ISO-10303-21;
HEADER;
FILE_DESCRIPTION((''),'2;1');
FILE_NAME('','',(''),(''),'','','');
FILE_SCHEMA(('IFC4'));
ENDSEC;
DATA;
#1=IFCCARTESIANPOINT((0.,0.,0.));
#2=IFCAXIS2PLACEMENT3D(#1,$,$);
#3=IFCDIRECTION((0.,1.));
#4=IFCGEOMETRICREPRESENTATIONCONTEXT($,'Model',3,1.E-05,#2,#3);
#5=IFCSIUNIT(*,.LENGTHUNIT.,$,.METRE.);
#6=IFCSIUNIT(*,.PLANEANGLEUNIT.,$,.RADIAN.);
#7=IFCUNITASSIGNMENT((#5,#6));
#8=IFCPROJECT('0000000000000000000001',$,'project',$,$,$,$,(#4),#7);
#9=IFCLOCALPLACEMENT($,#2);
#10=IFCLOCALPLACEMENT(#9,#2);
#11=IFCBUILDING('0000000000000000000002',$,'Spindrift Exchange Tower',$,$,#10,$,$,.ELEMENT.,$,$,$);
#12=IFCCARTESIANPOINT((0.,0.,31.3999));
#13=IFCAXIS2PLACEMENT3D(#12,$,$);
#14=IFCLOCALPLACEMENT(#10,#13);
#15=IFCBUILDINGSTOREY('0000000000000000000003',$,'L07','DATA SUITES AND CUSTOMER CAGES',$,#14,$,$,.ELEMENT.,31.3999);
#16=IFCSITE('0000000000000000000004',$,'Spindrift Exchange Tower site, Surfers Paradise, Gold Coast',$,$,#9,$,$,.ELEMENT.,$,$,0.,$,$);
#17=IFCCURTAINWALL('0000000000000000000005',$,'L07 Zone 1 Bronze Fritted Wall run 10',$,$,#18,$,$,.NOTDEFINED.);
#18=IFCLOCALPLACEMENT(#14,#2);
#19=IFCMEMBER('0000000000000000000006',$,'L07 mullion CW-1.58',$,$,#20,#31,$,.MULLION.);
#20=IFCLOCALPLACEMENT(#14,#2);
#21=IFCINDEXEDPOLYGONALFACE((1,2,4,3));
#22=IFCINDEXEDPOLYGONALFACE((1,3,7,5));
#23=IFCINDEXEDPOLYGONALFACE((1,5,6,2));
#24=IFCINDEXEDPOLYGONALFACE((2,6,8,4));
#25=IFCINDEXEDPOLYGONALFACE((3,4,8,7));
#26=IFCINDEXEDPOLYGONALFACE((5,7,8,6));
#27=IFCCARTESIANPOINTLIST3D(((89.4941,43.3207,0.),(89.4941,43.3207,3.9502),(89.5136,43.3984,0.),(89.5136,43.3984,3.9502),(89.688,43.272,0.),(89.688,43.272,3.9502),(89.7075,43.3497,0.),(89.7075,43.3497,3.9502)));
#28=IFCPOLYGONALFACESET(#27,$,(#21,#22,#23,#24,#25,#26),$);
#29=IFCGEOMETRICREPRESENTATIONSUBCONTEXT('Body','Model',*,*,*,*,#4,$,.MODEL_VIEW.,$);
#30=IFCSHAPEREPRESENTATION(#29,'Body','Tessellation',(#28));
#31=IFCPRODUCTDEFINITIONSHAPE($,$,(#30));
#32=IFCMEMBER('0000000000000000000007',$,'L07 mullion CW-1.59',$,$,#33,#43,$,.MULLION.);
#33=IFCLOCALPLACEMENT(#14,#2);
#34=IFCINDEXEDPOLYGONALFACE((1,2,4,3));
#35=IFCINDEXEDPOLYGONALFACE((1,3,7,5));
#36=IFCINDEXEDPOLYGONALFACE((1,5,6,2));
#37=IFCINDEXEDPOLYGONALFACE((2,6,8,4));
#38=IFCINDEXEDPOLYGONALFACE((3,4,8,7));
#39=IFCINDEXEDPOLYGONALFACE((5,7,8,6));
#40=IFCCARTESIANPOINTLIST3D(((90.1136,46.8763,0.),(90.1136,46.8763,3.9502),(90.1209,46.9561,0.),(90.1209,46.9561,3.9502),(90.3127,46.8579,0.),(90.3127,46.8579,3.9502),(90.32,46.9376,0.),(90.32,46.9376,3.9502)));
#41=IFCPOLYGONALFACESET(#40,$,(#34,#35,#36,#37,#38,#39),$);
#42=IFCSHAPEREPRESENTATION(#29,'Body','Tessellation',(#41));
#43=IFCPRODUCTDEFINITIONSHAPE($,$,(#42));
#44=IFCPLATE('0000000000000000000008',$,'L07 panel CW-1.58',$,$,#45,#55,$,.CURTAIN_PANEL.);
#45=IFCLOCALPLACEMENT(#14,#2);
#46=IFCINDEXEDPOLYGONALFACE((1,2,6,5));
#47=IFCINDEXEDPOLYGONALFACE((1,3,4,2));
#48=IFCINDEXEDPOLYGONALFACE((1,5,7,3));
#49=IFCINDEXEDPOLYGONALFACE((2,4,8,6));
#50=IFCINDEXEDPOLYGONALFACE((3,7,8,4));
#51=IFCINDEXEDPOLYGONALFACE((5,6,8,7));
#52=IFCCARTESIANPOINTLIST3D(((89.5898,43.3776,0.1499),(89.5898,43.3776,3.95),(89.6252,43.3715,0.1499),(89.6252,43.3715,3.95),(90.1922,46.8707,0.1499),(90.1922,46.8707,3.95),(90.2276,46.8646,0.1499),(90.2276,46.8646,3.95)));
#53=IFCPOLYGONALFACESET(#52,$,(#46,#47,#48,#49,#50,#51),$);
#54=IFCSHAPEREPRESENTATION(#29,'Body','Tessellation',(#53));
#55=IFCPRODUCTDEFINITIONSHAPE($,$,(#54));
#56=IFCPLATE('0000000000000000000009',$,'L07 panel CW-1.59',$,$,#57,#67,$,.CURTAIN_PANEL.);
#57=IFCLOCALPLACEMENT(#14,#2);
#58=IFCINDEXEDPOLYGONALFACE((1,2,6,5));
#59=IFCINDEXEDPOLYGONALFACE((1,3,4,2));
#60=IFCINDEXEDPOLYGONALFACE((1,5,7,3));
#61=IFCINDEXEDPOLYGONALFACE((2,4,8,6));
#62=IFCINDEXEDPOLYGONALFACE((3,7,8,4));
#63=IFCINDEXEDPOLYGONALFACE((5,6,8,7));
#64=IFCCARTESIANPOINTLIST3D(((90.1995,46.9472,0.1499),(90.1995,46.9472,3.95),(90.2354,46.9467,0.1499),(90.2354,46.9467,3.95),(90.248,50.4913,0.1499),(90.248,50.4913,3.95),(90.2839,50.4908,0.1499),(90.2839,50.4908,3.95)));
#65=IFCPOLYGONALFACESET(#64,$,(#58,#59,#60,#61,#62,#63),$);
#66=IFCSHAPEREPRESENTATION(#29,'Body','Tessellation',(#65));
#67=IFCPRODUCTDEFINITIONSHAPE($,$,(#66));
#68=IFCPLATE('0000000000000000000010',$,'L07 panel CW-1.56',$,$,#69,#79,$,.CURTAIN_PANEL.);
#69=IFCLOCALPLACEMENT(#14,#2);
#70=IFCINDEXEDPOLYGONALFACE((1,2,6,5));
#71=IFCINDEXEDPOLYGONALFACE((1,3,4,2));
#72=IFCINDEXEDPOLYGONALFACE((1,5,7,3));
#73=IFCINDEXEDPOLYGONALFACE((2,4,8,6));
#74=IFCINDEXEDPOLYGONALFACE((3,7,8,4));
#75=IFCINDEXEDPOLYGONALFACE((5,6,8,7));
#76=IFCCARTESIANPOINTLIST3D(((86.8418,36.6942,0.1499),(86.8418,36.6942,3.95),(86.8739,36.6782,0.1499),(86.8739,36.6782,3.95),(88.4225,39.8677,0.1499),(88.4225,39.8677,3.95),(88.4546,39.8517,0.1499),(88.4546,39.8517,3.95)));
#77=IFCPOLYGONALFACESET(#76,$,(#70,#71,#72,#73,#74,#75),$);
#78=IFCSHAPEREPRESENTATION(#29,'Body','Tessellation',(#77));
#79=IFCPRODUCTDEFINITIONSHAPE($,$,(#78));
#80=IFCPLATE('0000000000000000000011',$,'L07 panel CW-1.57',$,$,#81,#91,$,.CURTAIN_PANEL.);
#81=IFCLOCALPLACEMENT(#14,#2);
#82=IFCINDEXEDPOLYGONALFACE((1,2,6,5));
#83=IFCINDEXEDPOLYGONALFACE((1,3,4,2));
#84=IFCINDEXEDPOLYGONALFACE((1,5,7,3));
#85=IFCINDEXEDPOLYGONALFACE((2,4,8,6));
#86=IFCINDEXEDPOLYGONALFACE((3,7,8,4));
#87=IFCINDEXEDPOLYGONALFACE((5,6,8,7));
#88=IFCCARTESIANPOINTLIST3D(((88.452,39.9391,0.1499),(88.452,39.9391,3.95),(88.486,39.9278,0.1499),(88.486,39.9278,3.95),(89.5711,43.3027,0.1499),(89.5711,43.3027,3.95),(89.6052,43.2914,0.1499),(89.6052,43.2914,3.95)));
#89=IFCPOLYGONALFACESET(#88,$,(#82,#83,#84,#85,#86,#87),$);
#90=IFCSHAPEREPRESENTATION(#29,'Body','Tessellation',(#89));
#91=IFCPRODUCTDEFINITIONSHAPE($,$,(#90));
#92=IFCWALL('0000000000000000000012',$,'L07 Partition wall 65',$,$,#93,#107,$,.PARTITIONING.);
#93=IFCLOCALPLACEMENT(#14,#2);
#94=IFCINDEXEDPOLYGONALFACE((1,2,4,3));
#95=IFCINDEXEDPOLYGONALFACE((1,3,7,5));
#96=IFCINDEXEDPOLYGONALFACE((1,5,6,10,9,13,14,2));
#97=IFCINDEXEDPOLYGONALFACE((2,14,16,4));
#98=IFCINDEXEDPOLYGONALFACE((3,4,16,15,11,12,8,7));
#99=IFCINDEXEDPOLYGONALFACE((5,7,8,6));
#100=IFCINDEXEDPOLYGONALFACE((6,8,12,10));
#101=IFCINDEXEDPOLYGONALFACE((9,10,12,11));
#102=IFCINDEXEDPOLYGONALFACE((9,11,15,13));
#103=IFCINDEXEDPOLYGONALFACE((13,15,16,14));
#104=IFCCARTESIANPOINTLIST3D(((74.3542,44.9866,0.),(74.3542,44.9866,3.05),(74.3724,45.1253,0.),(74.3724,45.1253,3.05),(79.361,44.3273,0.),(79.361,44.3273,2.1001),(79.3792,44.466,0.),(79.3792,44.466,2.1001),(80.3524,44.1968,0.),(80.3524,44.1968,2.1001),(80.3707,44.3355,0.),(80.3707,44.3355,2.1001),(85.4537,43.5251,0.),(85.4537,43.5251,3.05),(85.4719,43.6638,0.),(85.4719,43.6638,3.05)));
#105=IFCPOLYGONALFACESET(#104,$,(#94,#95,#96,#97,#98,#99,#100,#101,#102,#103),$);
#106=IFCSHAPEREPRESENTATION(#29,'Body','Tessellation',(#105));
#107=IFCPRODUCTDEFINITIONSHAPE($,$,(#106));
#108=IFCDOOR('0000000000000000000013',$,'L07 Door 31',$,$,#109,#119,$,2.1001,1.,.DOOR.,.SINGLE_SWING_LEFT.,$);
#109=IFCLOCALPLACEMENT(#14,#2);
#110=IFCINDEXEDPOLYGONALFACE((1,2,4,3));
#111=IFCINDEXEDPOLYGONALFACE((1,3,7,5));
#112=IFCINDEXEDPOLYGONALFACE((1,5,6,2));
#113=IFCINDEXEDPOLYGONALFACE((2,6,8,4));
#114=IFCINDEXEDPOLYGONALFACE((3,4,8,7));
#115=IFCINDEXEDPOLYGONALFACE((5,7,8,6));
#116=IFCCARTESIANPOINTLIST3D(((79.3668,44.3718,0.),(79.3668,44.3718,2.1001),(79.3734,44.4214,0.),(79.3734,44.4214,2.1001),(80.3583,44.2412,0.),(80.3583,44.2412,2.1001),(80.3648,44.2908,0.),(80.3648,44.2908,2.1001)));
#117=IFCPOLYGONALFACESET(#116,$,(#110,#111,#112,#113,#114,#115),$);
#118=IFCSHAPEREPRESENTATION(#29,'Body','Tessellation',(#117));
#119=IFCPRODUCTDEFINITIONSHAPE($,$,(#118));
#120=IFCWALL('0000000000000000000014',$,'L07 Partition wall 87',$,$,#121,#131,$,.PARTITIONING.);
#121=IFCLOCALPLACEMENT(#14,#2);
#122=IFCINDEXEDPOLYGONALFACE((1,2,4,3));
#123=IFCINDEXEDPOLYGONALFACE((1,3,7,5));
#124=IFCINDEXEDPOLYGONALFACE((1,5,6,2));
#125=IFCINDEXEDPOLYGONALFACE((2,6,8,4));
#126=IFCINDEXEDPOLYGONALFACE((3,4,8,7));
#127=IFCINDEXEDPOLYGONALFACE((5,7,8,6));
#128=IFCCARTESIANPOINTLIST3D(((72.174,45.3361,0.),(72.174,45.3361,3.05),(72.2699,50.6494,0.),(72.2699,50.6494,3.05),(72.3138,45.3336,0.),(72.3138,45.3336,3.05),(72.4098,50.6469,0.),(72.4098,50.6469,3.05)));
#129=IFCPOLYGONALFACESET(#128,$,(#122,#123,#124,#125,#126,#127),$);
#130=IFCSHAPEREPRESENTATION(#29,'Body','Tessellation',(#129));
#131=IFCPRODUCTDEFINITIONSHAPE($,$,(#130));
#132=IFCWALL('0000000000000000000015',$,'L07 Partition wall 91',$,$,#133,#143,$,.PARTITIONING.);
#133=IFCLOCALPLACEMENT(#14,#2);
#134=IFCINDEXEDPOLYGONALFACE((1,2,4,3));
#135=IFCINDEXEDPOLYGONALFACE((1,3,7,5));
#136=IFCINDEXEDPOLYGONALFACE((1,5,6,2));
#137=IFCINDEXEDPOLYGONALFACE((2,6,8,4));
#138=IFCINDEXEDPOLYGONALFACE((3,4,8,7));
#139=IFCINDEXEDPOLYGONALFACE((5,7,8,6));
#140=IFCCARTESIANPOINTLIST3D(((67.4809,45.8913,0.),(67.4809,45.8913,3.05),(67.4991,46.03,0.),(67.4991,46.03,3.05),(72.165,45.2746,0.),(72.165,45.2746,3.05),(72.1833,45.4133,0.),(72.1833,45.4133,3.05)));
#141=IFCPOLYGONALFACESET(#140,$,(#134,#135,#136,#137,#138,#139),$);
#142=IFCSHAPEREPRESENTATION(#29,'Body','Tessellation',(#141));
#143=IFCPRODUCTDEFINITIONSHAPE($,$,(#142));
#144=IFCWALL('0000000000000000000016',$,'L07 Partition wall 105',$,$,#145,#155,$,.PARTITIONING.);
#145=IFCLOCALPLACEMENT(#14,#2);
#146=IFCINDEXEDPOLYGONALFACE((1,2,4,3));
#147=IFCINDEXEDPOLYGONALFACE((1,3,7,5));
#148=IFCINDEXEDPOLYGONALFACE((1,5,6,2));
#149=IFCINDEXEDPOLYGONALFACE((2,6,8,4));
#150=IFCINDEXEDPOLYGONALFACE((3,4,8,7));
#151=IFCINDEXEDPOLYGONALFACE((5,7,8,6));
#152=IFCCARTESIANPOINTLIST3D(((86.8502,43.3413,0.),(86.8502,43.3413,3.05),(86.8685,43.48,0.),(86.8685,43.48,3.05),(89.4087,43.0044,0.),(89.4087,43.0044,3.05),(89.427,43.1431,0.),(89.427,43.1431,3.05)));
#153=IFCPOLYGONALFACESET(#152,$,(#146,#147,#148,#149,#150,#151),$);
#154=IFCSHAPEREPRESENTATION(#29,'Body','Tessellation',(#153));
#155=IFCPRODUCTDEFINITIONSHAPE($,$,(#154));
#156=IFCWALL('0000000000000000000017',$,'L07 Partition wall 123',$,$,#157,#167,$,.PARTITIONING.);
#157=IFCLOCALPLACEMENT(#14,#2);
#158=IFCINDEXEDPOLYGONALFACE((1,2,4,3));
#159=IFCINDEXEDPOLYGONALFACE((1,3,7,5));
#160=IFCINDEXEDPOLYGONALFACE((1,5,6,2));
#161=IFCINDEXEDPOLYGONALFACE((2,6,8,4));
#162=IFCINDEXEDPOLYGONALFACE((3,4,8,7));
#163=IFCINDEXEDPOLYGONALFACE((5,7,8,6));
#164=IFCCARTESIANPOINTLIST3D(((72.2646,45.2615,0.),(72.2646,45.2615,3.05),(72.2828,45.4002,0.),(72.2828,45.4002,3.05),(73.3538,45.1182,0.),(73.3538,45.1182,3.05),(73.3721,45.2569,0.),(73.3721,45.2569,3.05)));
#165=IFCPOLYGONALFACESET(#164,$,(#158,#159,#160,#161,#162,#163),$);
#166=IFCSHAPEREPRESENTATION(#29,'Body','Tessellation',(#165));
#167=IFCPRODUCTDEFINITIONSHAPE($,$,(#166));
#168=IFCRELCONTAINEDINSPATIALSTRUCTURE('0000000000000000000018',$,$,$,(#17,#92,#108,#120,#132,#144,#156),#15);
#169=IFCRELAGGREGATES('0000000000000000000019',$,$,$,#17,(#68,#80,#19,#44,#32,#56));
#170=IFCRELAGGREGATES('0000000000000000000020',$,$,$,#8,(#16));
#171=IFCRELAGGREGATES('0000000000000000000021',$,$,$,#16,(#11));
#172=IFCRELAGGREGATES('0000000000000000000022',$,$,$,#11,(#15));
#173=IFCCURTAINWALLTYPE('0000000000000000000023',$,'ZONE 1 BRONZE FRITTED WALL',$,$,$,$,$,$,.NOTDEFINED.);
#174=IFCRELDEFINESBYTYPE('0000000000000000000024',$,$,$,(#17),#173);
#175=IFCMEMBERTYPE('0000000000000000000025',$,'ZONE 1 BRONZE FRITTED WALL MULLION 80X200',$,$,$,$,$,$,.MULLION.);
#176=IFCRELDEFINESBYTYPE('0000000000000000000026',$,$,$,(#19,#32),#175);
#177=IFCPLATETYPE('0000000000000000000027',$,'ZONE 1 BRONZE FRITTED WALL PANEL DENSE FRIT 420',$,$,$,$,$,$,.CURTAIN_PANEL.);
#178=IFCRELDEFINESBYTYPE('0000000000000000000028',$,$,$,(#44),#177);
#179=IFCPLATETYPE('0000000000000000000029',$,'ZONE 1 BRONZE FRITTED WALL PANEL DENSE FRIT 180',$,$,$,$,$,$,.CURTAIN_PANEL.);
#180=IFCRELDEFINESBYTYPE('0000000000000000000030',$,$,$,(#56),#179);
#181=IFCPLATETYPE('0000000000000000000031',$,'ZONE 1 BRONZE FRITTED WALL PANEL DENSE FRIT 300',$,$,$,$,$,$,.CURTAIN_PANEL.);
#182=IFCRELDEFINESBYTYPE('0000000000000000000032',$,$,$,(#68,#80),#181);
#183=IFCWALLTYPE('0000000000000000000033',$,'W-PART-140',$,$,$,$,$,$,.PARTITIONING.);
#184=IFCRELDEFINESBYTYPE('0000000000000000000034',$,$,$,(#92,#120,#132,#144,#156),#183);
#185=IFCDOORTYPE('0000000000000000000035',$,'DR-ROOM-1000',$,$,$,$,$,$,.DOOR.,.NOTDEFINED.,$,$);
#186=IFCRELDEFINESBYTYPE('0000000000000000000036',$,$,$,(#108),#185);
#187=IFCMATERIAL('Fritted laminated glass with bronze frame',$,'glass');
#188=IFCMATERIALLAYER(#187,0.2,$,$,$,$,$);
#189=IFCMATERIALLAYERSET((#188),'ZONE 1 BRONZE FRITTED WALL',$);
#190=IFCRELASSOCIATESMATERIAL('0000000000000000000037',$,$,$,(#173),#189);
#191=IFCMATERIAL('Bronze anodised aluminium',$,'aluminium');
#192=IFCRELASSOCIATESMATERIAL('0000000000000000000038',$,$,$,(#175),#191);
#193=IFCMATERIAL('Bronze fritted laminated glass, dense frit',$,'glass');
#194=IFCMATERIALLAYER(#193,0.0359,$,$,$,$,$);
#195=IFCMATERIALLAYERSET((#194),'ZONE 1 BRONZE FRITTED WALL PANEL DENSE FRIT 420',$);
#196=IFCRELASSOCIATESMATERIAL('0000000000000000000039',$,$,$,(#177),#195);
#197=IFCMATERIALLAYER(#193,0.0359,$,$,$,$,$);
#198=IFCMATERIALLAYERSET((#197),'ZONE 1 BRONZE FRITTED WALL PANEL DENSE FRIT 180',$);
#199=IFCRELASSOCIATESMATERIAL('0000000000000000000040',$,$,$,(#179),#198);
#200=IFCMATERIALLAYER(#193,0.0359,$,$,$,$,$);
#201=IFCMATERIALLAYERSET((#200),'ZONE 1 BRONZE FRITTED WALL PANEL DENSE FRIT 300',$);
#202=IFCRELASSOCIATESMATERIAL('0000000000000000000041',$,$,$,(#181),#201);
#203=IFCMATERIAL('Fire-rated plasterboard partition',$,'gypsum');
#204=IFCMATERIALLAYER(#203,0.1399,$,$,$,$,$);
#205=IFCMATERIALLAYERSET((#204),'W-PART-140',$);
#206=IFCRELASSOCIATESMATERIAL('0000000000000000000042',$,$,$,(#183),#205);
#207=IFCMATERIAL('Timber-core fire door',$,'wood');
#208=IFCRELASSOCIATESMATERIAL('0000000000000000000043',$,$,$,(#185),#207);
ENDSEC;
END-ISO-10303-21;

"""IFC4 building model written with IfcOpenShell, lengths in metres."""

from ifc_helpers import new_model, si_unit, direction, frame, frame_2d, origin, origin_2d, place, context, subcontext, project, spatial, rectangle, extrude, source, transform, mapped, material, layer, layer_set, material_profile, profile_set, type_object, element, fill, aggregate, save


model = new_model("IFC4")

# Units and contexts
model_context = context("Model", 3, precision=1e-05, world=origin(), true_north=direction((0.0, 1.0)))
body_context = subcontext(model_context, "Body", "Model", "MODEL_VIEW")
ifc_project = project(units=[si_unit("LENGTHUNIT", "METRE"), si_unit("PLANEANGLEUNIT", "RADIAN")], contexts=[model_context])

# Site, building, storey
site_placement = place(None, origin())
site = spatial("IfcSite", under=ifc_project, at=site_placement, Name="Spindrift Exchange Tower site, Surfers Paradise, Gold Coast", CompositionType="ELEMENT", RefElevation=0.0)
building_placement = place(site_placement, origin())
building = spatial("IfcBuilding", under=site, at=building_placement, Name="Spindrift Exchange Tower", CompositionType="ELEMENT")
storey_placement = place(building_placement, frame((0.0, 0.0, 31.3999)))
storey = spatial("IfcBuildingStorey", under=building, at=storey_placement, Name="L07", Description="DATA SUITES AND CUSTOMER CAGES", CompositionType="ELEMENT", Elevation=31.3999)

# Curtain wall, members, plates
ifc_material_1 = material(Name="Fritted laminated glass with bronze frame", Category="glass")
ifc_layer_1 = layer(ifc_material_1, 0.2)
ifc_layer_set_1 = layer_set([ifc_layer_1], Name="ZONE 1 BRONZE FRITTED WALL")
curtain_wall_type = type_object("IfcCurtainWallType", Name="ZONE 1 BRONZE FRITTED WALL", PredefinedType="NOTDEFINED", material=ifc_layer_set_1)
curtain_wall_placement = place(storey_placement, origin())
curtain_wall = element("IfcCurtainWall", 1, at=curtain_wall_placement, inside=storey, type_object=curtain_wall_type, Name="L07 Zone 1 Bronze Fritted Wall run 10", PredefinedType="NOTDEFINED")
ifc_material_2 = material(Name="Bronze anodised aluminium", Category="aluminium")
ifc_material_profile_1 = material_profile(ifc_material_2, rectangle(XDim=0.0801, YDim=0.2, at=origin_2d()), Name="ZONE 1 BRONZE FRITTED WALL MULLION 80X200")
ifc_profile_set_1 = profile_set([ifc_material_profile_1], Name="Bronze anodised aluminium")
member_type_1 = type_object("IfcMemberType", Name="ZONE 1 BRONZE FRITTED WALL MULLION 80X200", PredefinedType="MULLION", material=ifc_profile_set_1)
shared_shape_1 = source(origin(), body_context, "Body", "SweptSolid", [
    extrude(rectangle(XDim=0.0801, YDim=0.2, at=origin_2d()), origin(), (0.0, 0.0, 1.0), 3.9502),
])
member_1_placement = place(storey_placement, frame((89.6008, 43.3352, 0.0), z_axis=(0.0, 0.0, 1.0), x_axis=(0.243512, 0.969898, 0.0)))
member_1 = element("IfcMember", 2, at=member_1_placement, type_object=member_type_1, Name="L07 mullion CW-1.58", PredefinedType="MULLION", context=body_context, shape_type="MappedRepresentation", body=[
    mapped(shared_shape_1, transform((0.0, 0.0, 0.0), scale=1.0)),
])
member_2_placement = place(storey_placement, frame((90.2168, 46.907, 0.0), z_axis=(0.0, 0.0, 1.0), x_axis=(0.092101, 0.99575, 0.0)))
member_2 = element("IfcMember", 3, at=member_2_placement, type_object=member_type_1, Name="L07 mullion CW-1.59", PredefinedType="MULLION", context=body_context, shape_type="MappedRepresentation", body=[
    mapped(shared_shape_1, transform((0.0, 0.0, 0.0), scale=1.0)),
])
ifc_material_3 = material(Name="Bronze fritted laminated glass, dense frit", Category="glass")
ifc_layer_2 = layer(ifc_material_3, 0.0359)
ifc_layer_set_2 = layer_set([ifc_layer_2], Name="ZONE 1 BRONZE FRITTED WALL PANEL DENSE FRIT 420")
plate_type_1 = type_object("IfcPlateType", Name="ZONE 1 BRONZE FRITTED WALL PANEL DENSE FRIT 420", PredefinedType="CURTAIN_PANEL", material=ifc_layer_set_2)
shared_shape_2 = source(origin(), body_context, "Body", "SweptSolid", [
    extrude(rectangle(XDim=3.5447, YDim=0.0359, at=origin_2d()), origin(), (0.0, 0.0, 1.0), 3.8),
])
plate_1_placement = place(storey_placement, frame((89.9087, 45.1211, 0.1499), z_axis=(0.0, 0.0, 1.0), x_axis=(0.169948, 0.985453, 0.0)))
plate_1 = element("IfcPlate", 4, at=plate_1_placement, type_object=plate_type_1, Name="L07 panel CW-1.58", PredefinedType="CURTAIN_PANEL", context=body_context, shape_type="MappedRepresentation", body=[
    mapped(shared_shape_2, transform((0.0, 0.0, 0.0), scale=1.0)),
])
ifc_layer_3 = layer(ifc_material_3, 0.0359)
ifc_layer_set_3 = layer_set([ifc_layer_3], Name="ZONE 1 BRONZE FRITTED WALL PANEL DENSE FRIT 180")
plate_type_2 = type_object("IfcPlateType", Name="ZONE 1 BRONZE FRITTED WALL PANEL DENSE FRIT 180", PredefinedType="CURTAIN_PANEL", material=ifc_layer_set_3)
shared_shape_3 = source(origin(), body_context, "Body", "SweptSolid", [
    extrude(rectangle(XDim=3.5444, YDim=0.0359, at=origin_2d()), origin(), (0.0, 0.0, 1.0), 3.8),
])
plate_2_placement = place(storey_placement, frame((90.2417, 48.719, 0.1499), z_axis=(0.0, 0.0, 1.0), x_axis=(0.013685, 0.999906, 0.0)))
plate_2 = element("IfcPlate", 5, at=plate_2_placement, type_object=plate_type_2, Name="L07 panel CW-1.59", PredefinedType="CURTAIN_PANEL", context=body_context, shape_type="MappedRepresentation", body=[
    mapped(shared_shape_3, transform((0.0, 0.0, 0.0), scale=1.0)),
])
ifc_layer_4 = layer(ifc_material_3, 0.0359)
ifc_layer_set_4 = layer_set([ifc_layer_4], Name="ZONE 1 BRONZE FRITTED WALL PANEL DENSE FRIT 300")
plate_type_3 = type_object("IfcPlateType", Name="ZONE 1 BRONZE FRITTED WALL PANEL DENSE FRIT 300", PredefinedType="CURTAIN_PANEL", material=ifc_layer_set_4)
shared_shape_4 = source(origin(), body_context, "Body", "SweptSolid", [
    extrude(rectangle(XDim=3.5454, YDim=0.0359, at=origin_2d()), origin(), (0.0, 0.0, 1.0), 3.8),
])
plate_3_placement = place(storey_placement, frame((87.6482, 38.2729, 0.1499), z_axis=(0.0, 0.0, 1.0), x_axis=(0.445845, 0.89511, 0.0)))
plate_3 = element("IfcPlate", 6, at=plate_3_placement, type_object=plate_type_3, Name="L07 panel CW-1.56", PredefinedType="CURTAIN_PANEL", context=body_context, shape_type="MappedRepresentation", body=[
    mapped(shared_shape_4, transform((0.0, 0.0, 0.0), scale=1.0)),
])
shared_shape_5 = source(origin(), body_context, "Body", "SweptSolid", [
    extrude(rectangle(XDim=3.5449, YDim=0.0359, at=origin_2d()), origin(), (0.0, 0.0, 1.0), 3.8),
])
plate_4_placement = place(storey_placement, frame((89.0286, 41.6152, 0.1499), z_axis=(0.0, 0.0, 1.0), x_axis=(0.315699, 0.948859, 0.0)))
plate_4 = element("IfcPlate", 7, at=plate_4_placement, type_object=plate_type_3, Name="L07 panel CW-1.57", PredefinedType="CURTAIN_PANEL", context=body_context, shape_type="MappedRepresentation", body=[
    mapped(shared_shape_5, transform((0.0, 0.0, 0.0), scale=1.0)),
])
aggregate(curtain_wall, [plate_3, plate_4, member_1, plate_1, member_2, plate_2])

# Wall, opening, door
ifc_material_4 = material(Name="Fire-rated plasterboard partition", Category="gypsum")
ifc_layer_5 = layer(ifc_material_4, 0.1399)
ifc_layer_set_5 = layer_set([ifc_layer_5], Name="W-PART-140")
wall_type_1 = type_object("IfcWallType", Name="W-PART-140", PredefinedType="PARTITIONING", material=ifc_layer_set_5)
wall_1_placement = place(storey_placement, frame((74.3633, 45.0559, 0.0), z_axis=(0.0, 0.0, 1.0), x_axis=(0.991443, -0.130538, 0.0)))
wall_1 = element("IfcWall", 8, at=wall_1_placement, inside=storey, type_object=wall_type_1, Name="L07 Partition wall 65", PredefinedType="PARTITIONING", context=body_context, shape_type="SweptSolid", body=[
    extrude(rectangle(XDim=11.1953, YDim=0.1399, at=frame_2d((5.5977, 0.0))), origin(), (0.0, 0.0, 1.0), 3.05),
])
opening_placement = place(wall_1_placement, frame((5.05, 0.0, 0.0)))
opening = element("IfcOpeningElement", 9, at=opening_placement, cuts=wall_1, PredefinedType="OPENING", context=body_context, shape_type="SweptSolid", body=[
    extrude(rectangle(XDim=1.0, YDim=2.1001, at=frame_2d((0.5, 1.05))), frame((0.0, 0.0798, 0.0), z_axis=(0.0, -1.0, 0.0), x_axis=(1.0, 0.0, 0.0)), (0.0, 0.0, 1.0), 0.1599),
])
ifc_material_5 = material(Name="Timber-core fire door", Category="wood")
door_type = type_object("IfcDoorType", Name="DR-ROOM-1000", OperationType="NOTDEFINED", PredefinedType="DOOR", material=ifc_material_5)
shared_shape_6 = source(origin(), body_context, "Body", "SweptSolid", [
    extrude(rectangle(XDim=1.0, YDim=2.1001, at=frame_2d((0.5, 1.05))), frame((0.0, 0.0249, 0.0), z_axis=(0.0, -1.0, 0.0), x_axis=(1.0, 0.0, 0.0)), (0.0, 0.0, 1.0), 0.05),
])
door_placement = place(opening_placement, origin())
door = element("IfcDoor", 10, at=door_placement, inside=storey, type_object=door_type, Name="L07 Door 31", OperationType="SINGLE_SWING_LEFT", OverallHeight=2.1001, OverallWidth=1.0, PredefinedType="DOOR", context=body_context, shape_type="MappedRepresentation", body=[
    mapped(shared_shape_6, transform((0.0, 0.0, 0.0), scale=1.0)),
])
fill(opening, door)

# Walls
wall_2_placement = place(storey_placement, frame((72.2439, 45.3347, 0.0), z_axis=(0.0, 0.0, 1.0), x_axis=(0.018055, 0.999837, 0.0)))
element("IfcWall", 11, at=wall_2_placement, inside=storey, type_object=wall_type_1, Name="L07 Partition wall 87", PredefinedType="PARTITIONING", context=body_context, shape_type="SweptSolid", body=[
    extrude(rectangle(XDim=5.3142, YDim=0.1399, at=frame_2d((2.6572, 0.0))), origin(), (0.0, 0.0, 1.0), 3.05),
])
wall_3_placement = place(storey_placement, frame((67.49, 45.9607, 0.0), z_axis=(0.0, 0.0, 1.0), x_axis=(0.991444, -0.130532, 0.0)))
element("IfcWall", 12, at=wall_3_placement, inside=storey, type_object=wall_type_1, Name="L07 Partition wall 91", PredefinedType="PARTITIONING", context=body_context, shape_type="SweptSolid", body=[
    extrude(rectangle(XDim=4.7246, YDim=0.1399, at=frame_2d((2.3623, 0.0))), origin(), (0.0, 0.0, 1.0), 3.05),
])
wall_4_placement = place(storey_placement, frame((86.8594, 43.4106, 0.0), z_axis=(0.0, 0.0, 1.0), x_axis=(0.991441, -0.130552, 0.0)))
element("IfcWall", 13, at=wall_4_placement, inside=storey, type_object=wall_type_1, Name="L07 Partition wall 105", PredefinedType="PARTITIONING", context=body_context, shape_type="SweptSolid", body=[
    extrude(rectangle(XDim=2.5806, YDim=0.1399, at=frame_2d((1.2903, 0.0))), origin(), (0.0, 0.0, 1.0), 3.05),
])
wall_5_placement = place(storey_placement, frame((72.2737, 45.3308, 0.0), z_axis=(0.0, 0.0, 1.0), x_axis=(0.991457, -0.130432, 0.0)))
element("IfcWall", 14, at=wall_5_placement, inside=storey, type_object=wall_type_1, Name="L07 Partition wall 123", PredefinedType="PARTITIONING", context=body_context, shape_type="SweptSolid", body=[
    extrude(rectangle(XDim=1.0986, YDim=0.1399, at=frame_2d((0.5493, 0.0))), origin(), (0.0, 0.0, 1.0), 3.05),
])

save(model, "model.ifc")
